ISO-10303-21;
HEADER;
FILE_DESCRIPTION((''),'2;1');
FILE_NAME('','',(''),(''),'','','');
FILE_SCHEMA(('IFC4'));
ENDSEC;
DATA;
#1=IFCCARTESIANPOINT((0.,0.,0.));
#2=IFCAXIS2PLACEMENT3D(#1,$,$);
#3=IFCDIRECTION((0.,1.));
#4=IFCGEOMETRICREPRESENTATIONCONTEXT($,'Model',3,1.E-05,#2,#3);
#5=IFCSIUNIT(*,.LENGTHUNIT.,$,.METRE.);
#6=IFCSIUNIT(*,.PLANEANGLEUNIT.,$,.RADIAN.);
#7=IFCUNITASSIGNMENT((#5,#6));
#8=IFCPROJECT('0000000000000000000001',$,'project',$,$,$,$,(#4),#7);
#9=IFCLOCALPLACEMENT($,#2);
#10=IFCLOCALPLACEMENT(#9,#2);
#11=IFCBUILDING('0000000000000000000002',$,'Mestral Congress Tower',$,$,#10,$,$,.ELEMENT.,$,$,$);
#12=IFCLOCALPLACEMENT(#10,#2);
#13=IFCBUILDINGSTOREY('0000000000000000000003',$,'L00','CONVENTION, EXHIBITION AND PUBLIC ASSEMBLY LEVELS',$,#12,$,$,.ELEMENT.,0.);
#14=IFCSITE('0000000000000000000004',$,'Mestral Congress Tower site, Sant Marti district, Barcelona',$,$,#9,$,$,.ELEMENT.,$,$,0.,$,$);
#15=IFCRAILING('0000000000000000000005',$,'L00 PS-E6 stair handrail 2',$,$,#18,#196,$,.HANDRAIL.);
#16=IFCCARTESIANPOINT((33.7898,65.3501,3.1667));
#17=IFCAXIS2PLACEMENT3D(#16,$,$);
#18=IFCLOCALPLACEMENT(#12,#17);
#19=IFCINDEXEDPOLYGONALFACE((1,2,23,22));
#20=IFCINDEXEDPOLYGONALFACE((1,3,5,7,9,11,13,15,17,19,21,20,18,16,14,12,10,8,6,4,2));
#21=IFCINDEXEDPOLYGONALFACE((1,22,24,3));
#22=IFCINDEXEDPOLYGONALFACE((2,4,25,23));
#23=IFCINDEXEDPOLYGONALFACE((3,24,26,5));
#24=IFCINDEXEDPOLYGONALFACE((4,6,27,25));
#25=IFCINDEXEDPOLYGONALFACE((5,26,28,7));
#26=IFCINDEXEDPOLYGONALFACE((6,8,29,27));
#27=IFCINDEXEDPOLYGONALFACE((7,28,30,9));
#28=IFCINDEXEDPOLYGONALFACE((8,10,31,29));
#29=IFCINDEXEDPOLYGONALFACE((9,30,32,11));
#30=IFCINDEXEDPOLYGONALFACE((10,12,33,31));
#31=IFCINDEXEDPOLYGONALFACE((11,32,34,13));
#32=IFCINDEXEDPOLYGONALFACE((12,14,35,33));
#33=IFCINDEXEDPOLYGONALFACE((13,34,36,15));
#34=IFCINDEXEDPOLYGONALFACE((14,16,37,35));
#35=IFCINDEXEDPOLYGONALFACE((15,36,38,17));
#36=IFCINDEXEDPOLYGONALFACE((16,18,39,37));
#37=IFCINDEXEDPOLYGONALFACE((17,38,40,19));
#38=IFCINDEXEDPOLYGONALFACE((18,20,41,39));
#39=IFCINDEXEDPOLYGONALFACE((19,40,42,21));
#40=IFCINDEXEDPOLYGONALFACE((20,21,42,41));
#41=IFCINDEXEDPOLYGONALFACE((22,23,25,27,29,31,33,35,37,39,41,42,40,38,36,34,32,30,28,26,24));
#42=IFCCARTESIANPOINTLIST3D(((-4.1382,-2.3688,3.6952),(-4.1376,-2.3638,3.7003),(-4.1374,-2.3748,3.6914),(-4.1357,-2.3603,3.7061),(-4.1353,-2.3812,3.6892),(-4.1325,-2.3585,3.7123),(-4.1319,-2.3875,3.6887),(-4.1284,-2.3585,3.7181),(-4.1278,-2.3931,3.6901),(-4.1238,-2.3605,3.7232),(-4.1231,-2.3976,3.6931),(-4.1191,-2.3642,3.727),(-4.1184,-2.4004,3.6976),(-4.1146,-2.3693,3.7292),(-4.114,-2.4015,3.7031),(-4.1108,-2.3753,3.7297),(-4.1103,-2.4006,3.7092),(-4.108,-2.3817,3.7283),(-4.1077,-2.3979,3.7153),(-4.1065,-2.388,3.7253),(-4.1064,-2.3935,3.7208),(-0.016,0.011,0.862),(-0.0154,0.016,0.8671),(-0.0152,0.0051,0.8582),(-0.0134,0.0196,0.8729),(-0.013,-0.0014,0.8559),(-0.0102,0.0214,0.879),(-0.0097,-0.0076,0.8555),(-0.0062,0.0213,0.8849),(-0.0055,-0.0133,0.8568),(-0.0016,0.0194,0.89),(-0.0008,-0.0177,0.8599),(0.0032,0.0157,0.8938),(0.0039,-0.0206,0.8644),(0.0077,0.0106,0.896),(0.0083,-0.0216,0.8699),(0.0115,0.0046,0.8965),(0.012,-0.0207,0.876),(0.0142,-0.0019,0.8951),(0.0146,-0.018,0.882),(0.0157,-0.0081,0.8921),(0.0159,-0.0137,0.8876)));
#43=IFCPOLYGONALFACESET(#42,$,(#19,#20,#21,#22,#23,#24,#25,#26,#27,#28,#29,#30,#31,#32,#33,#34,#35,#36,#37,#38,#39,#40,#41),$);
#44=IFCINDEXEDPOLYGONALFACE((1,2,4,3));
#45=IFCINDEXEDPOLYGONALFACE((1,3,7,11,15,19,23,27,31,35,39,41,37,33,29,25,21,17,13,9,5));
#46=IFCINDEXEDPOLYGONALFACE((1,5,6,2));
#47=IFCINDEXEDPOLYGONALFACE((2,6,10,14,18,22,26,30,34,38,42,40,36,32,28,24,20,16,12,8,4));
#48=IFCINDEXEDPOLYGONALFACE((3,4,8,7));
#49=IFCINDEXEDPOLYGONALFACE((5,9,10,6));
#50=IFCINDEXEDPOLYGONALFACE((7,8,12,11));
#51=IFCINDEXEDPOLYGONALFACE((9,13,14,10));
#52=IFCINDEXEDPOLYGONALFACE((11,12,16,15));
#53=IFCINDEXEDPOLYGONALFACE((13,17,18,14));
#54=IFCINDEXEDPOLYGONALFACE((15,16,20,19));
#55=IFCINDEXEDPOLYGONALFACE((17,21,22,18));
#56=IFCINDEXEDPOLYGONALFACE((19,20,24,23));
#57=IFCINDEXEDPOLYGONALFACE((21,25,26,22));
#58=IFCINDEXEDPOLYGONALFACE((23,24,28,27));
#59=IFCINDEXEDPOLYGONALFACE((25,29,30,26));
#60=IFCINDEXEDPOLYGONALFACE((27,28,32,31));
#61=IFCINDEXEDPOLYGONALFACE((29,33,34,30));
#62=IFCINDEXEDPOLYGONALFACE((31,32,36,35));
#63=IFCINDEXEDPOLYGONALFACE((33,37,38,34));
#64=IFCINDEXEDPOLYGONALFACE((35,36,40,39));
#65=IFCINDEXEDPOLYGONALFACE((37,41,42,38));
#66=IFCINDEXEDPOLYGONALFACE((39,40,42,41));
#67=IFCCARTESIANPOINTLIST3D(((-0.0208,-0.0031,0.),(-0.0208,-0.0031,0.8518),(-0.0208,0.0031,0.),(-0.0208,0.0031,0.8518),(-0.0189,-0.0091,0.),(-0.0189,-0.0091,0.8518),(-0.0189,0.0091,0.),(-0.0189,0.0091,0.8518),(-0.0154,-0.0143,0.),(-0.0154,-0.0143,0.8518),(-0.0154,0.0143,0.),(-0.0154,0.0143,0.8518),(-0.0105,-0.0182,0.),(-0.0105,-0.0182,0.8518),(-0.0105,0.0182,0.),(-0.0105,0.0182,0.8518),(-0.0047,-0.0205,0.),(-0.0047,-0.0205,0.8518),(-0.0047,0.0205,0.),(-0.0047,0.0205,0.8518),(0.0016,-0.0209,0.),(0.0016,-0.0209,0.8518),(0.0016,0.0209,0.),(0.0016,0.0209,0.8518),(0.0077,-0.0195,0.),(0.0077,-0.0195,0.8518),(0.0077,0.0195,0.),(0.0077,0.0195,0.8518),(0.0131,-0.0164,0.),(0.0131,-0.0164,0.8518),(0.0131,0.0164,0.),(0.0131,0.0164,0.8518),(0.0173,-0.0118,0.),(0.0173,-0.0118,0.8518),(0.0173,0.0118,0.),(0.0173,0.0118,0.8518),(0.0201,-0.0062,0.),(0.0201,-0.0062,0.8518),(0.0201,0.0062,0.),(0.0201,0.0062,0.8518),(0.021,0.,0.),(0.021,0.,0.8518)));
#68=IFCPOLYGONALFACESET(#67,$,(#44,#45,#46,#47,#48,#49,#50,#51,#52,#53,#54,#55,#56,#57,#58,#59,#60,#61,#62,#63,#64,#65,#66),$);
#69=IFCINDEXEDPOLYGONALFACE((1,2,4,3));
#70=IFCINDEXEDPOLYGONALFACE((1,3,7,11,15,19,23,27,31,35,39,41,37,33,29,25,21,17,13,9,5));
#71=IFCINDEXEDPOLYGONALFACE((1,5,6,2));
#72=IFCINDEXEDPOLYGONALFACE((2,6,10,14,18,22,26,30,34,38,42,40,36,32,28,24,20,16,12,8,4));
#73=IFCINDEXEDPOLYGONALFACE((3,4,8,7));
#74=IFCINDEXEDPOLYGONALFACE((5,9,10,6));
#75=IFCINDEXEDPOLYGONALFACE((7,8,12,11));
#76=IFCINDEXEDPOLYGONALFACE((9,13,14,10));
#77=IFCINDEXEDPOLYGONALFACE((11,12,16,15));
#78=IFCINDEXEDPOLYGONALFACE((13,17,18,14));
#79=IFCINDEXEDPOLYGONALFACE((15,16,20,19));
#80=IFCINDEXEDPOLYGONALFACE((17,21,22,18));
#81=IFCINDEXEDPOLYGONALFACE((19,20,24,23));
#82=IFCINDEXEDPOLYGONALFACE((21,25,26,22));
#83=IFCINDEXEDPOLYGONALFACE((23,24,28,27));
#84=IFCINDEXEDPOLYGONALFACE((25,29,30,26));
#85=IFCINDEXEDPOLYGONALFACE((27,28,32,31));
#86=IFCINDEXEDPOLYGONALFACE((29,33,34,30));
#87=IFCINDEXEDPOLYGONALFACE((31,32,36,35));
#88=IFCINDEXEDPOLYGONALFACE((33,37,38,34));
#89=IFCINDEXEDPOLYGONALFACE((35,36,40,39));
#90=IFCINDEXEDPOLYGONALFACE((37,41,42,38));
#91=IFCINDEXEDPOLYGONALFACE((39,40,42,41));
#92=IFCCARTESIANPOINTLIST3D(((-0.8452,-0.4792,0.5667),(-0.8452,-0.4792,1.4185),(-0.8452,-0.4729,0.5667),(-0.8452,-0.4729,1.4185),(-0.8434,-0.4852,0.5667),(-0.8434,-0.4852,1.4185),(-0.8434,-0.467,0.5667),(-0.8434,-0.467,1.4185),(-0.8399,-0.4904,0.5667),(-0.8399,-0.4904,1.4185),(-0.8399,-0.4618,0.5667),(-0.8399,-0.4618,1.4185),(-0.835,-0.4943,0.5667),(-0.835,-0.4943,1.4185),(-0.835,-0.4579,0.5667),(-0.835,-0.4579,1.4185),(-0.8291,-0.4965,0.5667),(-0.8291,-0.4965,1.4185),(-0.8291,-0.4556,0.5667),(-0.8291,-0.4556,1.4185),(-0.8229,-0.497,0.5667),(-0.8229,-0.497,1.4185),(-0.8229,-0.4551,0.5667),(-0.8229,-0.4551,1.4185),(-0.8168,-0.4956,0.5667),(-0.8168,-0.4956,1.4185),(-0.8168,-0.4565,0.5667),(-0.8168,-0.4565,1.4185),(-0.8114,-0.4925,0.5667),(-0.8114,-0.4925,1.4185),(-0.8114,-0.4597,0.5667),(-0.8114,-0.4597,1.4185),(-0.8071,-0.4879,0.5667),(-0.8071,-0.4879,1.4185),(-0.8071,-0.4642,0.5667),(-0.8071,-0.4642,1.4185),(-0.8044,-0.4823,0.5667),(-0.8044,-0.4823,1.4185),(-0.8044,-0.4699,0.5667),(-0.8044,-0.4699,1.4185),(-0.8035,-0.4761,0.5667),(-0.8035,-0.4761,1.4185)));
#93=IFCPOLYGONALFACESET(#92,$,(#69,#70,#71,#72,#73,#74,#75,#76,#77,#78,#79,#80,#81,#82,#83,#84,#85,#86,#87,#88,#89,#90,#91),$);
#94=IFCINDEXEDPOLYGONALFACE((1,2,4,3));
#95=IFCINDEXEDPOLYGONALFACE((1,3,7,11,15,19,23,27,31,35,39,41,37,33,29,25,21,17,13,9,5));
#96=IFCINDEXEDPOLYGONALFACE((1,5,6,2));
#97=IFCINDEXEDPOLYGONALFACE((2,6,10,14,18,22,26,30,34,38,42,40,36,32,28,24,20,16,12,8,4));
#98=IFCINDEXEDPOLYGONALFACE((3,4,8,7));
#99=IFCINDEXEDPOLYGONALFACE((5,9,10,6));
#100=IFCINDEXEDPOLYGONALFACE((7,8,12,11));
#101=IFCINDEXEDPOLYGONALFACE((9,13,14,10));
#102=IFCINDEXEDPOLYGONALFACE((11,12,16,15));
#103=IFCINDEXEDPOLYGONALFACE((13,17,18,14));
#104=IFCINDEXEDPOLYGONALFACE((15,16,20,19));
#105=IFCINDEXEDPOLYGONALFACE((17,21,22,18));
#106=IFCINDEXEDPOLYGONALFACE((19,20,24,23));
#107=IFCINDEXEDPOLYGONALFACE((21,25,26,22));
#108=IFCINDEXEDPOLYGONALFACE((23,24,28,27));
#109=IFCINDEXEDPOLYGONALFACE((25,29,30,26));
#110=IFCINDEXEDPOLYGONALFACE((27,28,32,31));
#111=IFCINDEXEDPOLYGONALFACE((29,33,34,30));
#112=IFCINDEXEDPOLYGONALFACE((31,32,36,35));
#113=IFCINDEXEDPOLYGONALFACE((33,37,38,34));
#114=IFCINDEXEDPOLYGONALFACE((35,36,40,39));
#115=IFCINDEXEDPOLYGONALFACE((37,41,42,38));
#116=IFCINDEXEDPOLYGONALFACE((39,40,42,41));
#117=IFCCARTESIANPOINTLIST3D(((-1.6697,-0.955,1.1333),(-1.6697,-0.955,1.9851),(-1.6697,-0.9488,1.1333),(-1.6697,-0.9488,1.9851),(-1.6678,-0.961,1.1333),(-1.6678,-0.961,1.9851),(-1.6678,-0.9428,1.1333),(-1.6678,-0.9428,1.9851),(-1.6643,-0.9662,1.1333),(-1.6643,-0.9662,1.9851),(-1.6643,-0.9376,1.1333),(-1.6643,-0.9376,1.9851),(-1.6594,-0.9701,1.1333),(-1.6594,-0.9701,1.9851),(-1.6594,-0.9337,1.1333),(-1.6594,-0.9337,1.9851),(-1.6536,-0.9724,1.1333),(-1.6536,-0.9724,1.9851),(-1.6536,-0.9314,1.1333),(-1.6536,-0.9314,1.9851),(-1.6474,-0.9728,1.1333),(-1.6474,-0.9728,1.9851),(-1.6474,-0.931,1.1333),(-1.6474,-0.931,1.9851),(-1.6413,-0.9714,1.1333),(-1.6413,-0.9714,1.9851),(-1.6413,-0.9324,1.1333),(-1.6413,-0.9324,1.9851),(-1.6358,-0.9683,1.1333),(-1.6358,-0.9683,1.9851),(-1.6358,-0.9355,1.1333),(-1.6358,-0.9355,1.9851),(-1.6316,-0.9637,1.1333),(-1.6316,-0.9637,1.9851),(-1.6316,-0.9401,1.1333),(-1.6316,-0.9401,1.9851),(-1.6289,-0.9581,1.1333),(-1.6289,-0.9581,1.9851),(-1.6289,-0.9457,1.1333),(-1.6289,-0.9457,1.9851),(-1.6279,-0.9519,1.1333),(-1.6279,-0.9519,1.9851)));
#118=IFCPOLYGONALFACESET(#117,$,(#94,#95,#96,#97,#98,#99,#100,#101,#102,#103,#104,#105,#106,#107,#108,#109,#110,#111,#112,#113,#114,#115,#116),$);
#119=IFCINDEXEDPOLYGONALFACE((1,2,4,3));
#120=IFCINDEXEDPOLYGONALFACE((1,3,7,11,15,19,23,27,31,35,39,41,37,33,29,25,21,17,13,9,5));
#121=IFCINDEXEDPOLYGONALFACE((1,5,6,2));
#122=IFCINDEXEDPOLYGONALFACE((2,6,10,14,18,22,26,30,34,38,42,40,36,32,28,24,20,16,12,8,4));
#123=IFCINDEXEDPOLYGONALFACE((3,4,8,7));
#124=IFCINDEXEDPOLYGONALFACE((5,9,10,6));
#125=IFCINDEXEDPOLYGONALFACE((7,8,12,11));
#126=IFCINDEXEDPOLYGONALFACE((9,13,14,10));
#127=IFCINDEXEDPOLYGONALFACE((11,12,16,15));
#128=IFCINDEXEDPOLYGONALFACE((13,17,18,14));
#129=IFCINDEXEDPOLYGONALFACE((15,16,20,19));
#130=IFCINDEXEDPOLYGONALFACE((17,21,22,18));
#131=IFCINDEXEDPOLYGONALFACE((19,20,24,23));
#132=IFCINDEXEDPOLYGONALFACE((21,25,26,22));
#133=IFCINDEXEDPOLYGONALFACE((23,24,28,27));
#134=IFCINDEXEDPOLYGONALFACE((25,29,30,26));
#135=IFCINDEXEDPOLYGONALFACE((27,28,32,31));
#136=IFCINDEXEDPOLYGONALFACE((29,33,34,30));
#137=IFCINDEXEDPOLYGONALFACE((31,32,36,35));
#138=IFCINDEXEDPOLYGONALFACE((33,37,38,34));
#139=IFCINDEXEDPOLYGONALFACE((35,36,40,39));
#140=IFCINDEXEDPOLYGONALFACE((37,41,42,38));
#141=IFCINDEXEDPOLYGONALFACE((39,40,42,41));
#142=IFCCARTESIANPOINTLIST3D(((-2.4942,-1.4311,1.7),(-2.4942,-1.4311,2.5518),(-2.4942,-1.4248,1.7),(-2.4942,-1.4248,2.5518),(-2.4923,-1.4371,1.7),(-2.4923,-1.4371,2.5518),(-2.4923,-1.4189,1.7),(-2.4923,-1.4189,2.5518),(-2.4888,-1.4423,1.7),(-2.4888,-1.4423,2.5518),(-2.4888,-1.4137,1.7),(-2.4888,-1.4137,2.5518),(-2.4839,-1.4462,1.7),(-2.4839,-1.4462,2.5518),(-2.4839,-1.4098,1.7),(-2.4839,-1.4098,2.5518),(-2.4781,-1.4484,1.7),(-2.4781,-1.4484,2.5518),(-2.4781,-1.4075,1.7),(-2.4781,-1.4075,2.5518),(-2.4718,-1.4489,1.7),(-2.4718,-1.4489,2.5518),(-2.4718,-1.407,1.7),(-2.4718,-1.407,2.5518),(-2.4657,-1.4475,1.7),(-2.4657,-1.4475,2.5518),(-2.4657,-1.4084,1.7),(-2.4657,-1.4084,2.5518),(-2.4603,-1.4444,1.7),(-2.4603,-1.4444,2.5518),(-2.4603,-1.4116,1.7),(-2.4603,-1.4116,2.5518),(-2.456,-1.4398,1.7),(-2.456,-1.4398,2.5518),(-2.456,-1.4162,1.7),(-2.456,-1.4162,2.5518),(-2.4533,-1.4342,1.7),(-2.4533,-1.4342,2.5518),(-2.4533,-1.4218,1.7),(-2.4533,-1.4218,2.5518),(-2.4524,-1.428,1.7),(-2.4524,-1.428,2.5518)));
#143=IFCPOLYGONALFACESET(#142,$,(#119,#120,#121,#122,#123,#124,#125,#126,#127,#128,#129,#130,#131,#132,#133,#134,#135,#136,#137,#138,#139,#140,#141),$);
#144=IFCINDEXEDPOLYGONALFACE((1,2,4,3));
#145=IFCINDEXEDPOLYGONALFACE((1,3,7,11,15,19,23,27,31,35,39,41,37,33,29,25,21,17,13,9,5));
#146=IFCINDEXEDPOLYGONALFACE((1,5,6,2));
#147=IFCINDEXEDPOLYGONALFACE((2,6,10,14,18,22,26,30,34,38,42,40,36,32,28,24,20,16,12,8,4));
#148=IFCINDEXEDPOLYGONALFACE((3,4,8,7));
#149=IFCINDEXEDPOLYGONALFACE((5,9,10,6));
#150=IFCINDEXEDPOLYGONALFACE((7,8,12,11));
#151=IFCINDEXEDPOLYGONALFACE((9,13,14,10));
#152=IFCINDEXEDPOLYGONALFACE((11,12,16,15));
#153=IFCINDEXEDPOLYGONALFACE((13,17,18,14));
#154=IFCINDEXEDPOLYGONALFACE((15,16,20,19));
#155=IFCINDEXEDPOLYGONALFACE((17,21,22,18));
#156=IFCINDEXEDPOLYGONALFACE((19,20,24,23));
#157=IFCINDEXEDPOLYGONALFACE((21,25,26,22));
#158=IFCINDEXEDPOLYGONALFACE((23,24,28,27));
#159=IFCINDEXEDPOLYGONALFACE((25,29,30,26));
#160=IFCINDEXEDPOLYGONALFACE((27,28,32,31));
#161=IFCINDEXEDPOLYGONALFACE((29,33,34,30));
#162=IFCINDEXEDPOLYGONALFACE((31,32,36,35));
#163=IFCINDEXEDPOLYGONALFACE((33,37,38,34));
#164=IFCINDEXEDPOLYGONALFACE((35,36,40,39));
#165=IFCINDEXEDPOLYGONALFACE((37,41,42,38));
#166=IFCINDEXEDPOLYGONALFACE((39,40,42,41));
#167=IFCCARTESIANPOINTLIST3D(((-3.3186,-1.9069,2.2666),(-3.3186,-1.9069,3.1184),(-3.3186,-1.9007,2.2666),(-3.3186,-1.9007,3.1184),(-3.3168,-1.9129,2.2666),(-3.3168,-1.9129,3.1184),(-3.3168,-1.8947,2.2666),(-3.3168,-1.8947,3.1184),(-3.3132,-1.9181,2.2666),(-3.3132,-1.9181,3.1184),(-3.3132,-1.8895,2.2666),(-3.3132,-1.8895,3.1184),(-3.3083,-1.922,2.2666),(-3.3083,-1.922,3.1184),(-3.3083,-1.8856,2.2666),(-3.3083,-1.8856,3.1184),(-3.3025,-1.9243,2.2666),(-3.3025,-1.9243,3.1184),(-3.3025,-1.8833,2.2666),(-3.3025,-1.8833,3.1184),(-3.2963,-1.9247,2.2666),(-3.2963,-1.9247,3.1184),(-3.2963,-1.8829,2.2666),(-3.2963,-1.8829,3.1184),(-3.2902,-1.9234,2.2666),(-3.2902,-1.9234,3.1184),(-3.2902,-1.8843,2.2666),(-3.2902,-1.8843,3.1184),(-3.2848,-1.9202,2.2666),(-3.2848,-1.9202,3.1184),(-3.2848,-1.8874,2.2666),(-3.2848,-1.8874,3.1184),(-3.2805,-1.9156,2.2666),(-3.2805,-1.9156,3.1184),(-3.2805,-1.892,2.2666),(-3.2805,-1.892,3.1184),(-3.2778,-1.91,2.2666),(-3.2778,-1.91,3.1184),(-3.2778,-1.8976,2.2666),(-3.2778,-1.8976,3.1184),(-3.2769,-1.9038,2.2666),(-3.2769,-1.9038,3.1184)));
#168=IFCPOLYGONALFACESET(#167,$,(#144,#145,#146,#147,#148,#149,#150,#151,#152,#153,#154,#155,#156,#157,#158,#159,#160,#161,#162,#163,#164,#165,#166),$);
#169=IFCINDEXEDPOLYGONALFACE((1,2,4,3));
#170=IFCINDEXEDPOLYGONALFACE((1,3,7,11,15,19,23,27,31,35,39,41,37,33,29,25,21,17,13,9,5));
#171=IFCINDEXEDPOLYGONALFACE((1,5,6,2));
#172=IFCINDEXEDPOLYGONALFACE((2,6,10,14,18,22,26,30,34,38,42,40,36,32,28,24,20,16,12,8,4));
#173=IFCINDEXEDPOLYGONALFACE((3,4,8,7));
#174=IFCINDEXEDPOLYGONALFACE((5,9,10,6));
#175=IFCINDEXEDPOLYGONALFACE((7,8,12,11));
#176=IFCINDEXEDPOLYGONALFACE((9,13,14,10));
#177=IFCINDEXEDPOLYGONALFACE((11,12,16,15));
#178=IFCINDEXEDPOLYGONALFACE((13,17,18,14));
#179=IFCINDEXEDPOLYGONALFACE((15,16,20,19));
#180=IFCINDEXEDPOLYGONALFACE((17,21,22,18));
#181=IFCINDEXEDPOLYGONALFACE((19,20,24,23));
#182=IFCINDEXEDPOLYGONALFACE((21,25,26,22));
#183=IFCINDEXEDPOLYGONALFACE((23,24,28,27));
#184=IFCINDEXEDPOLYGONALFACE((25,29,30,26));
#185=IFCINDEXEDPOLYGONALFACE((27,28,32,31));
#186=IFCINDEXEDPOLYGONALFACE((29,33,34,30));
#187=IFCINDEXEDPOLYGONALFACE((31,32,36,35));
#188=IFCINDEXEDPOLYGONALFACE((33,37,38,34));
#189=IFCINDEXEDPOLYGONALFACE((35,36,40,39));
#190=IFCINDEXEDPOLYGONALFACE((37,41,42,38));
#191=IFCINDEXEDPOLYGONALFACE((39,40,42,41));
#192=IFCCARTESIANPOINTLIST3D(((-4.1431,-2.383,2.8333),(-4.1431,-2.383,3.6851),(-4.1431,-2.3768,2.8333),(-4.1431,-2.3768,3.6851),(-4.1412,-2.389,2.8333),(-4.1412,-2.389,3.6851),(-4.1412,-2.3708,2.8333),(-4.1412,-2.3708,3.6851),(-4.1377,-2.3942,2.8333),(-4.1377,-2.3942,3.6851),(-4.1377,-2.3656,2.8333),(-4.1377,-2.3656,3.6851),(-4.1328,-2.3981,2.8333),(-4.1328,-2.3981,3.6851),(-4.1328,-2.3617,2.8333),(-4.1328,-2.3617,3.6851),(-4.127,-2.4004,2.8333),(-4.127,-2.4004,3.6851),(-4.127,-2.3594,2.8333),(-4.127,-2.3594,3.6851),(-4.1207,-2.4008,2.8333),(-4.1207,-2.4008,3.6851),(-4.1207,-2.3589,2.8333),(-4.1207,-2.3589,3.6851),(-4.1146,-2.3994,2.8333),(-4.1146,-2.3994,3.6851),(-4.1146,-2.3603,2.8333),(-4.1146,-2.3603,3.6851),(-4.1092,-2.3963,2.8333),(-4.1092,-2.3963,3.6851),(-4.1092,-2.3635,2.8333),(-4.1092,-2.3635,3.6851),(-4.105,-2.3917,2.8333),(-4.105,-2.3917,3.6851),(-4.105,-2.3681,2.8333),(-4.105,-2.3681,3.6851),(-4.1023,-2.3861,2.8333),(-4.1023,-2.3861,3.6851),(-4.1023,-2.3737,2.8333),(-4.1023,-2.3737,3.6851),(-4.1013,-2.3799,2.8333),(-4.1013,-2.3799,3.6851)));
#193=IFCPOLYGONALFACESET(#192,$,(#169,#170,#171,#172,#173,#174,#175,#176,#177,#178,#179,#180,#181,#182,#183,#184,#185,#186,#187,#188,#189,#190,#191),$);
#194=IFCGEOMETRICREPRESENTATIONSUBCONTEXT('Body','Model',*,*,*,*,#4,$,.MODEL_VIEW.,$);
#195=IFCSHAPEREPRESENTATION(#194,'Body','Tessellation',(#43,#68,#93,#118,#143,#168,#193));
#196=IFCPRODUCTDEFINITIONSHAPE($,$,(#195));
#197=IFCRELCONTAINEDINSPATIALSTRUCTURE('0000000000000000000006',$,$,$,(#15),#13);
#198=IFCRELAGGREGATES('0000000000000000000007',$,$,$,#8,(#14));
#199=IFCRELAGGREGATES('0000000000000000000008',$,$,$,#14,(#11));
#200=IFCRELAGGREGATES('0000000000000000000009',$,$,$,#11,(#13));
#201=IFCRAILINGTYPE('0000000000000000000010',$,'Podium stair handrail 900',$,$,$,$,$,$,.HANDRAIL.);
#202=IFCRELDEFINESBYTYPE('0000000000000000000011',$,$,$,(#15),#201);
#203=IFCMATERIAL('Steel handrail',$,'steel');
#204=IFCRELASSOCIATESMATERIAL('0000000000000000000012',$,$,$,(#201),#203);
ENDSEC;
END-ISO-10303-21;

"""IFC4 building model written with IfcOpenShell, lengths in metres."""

from ifc_helpers import new_model, si_unit, direction, frame, origin, origin_2d, place, context, subcontext, project, spatial, circle, extrude, material, type_object, element, save


model = new_model("IFC4")

# Units and contexts
model_context = context("Model", 3, precision=1e-05, world=origin(), true_north=direction((0.0, 1.0)))
body_context = subcontext(model_context, "Body", "Model", "MODEL_VIEW")
ifc_project = project(units=[si_unit("LENGTHUNIT", "METRE"), si_unit("PLANEANGLEUNIT", "RADIAN")], contexts=[model_context])

# Site, building, storey
site_placement = place(None, origin())
site = spatial("IfcSite", under=ifc_project, at=site_placement, Name="Mestral Congress Tower site, Sant Marti district, Barcelona", CompositionType="ELEMENT", RefElevation=0.0)
building_placement = place(site_placement, origin())
building = spatial("IfcBuilding", under=site, at=building_placement, Name="Mestral Congress Tower", CompositionType="ELEMENT")
storey_placement = place(building_placement, origin())
storey = spatial("IfcBuildingStorey", under=building, at=storey_placement, Name="L00", Description="CONVENTION, EXHIBITION AND PUBLIC ASSEMBLY LEVELS", CompositionType="ELEMENT", Elevation=0.0)

# Railing
ifc_material_1 = material(Name="Steel handrail", Category="steel")
railing_type_1 = type_object("IfcRailingType", Name="Podium stair handrail 900", PredefinedType="HANDRAIL", material=ifc_material_1)
railing_1_placement = place(storey_placement, frame((33.7898, 65.3501, 3.1667)))
element("IfcRailing", 1, at=railing_1_placement, inside=storey, type_object=railing_type_1, Name="L00 PS-E6 stair handrail 2", PredefinedType="HANDRAIL", context=body_context, shape_type="SweptSolid", body=[
    extrude(circle(Radius=0.0239, at=origin_2d()), frame((0.0, 0.0, 0.876), z_axis=(-0.744185, -0.42963, 0.511475), x_axis=(0.499978, -0.866038, 0.0)), (0.0, 0.0, 1.0), 5.5393),
    extrude(circle(Radius=0.021, at=origin_2d()), origin(), (0.0, 0.0, 1.0), 0.8518),
    extrude(circle(Radius=0.021, at=origin_2d()), frame((-0.8245, -0.4761, 0.5667)), (0.0, 0.0, 1.0), 0.8518),
    extrude(circle(Radius=0.021, at=origin_2d()), frame((-1.6489, -0.9519, 1.1333)), (0.0, 0.0, 1.0), 0.8518),
    extrude(circle(Radius=0.021, at=origin_2d()), frame((-2.4734, -1.428, 1.7)), (0.0, 0.0, 1.0), 0.8518),
    extrude(circle(Radius=0.021, at=origin_2d()), frame((-3.2979, -1.9038, 2.2666)), (0.0, 0.0, 1.0), 0.8518),
    extrude(circle(Radius=0.021, at=origin_2d()), frame((-4.1223, -2.3799, 2.8333)), (0.0, 0.0, 1.0), 0.8518),
])

save(model, "model.ifc")
